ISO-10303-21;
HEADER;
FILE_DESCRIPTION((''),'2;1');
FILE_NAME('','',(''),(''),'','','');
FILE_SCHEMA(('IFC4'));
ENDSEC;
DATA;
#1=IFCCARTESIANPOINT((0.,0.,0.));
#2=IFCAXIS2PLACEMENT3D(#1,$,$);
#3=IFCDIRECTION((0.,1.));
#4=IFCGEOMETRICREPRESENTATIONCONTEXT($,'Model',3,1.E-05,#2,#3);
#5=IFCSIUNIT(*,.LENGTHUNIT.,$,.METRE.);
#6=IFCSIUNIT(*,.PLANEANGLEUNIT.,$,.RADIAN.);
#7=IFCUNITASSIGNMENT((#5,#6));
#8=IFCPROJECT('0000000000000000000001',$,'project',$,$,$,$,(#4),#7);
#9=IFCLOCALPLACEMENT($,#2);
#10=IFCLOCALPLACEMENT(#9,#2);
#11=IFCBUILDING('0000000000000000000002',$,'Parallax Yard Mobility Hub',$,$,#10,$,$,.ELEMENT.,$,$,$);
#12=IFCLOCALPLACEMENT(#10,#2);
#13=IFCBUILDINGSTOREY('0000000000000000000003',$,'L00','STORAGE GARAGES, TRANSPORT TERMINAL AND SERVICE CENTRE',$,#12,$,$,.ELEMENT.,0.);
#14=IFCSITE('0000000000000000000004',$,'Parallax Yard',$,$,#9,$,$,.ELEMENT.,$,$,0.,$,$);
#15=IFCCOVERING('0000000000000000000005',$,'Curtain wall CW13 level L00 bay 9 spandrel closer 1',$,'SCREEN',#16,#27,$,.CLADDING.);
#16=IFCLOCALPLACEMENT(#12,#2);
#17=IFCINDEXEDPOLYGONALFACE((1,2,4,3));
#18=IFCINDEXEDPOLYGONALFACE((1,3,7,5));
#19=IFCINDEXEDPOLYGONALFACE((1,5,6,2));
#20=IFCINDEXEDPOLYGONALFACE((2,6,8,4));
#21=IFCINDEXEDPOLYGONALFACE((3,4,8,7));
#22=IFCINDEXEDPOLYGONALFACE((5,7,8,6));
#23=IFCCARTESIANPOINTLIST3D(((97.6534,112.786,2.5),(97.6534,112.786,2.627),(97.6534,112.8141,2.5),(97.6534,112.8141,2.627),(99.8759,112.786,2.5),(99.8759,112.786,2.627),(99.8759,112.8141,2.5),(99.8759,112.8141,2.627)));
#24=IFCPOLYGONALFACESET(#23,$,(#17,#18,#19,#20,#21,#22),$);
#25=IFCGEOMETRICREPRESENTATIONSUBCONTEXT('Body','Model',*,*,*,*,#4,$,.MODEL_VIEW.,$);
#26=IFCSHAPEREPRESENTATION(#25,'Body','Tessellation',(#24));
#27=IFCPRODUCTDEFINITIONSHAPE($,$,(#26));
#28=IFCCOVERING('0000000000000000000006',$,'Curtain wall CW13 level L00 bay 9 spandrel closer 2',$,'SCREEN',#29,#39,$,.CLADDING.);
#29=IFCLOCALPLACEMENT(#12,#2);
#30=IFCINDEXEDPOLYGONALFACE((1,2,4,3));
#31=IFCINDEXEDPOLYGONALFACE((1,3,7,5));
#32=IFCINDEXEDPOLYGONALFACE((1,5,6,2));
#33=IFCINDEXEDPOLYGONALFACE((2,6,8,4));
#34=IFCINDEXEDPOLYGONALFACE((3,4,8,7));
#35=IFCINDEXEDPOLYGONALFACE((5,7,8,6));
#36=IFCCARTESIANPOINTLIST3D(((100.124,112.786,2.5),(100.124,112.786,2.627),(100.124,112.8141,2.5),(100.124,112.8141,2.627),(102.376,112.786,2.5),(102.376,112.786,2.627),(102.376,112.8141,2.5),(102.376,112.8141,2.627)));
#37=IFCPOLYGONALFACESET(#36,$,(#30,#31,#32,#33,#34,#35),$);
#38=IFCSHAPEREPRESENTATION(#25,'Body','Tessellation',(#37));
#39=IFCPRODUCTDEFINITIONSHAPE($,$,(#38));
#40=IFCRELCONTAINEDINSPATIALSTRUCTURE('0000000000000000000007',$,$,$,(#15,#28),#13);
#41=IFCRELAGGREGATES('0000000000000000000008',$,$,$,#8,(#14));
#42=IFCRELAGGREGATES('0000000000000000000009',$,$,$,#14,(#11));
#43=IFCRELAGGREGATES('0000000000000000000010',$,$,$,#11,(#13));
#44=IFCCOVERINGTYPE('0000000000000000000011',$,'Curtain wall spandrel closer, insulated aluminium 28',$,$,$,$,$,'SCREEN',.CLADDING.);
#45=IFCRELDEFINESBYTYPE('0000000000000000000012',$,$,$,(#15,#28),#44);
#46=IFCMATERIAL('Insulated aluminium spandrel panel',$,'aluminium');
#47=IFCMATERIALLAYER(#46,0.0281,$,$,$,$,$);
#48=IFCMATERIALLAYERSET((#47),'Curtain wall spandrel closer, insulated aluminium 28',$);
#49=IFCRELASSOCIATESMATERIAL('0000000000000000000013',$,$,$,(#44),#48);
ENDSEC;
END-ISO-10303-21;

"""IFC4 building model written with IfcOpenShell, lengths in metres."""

from ifc_helpers import new_model, si_unit, direction, frame, origin, origin_2d, place, context, subcontext, project, spatial, rectangle, extrude, material, layer, layer_set, type_object, element, save


model = new_model("IFC4")

# Units and contexts
model_context = context("Model", 3, precision=1e-05, world=origin(), true_north=direction((0.0, 1.0)))
body_context = subcontext(model_context, "Body", "Model", "MODEL_VIEW")
ifc_project = project(units=[si_unit("LENGTHUNIT", "METRE"), si_unit("PLANEANGLEUNIT", "RADIAN")], contexts=[model_context])

# Site, building, storey
site_placement = place(None, origin())
site = spatial("IfcSite", under=ifc_project, at=site_placement, Name="Parallax Yard", CompositionType="ELEMENT", RefElevation=0.0)
building_placement = place(site_placement, origin())
building = spatial("IfcBuilding", under=site, at=building_placement, Name="Parallax Yard Mobility Hub", CompositionType="ELEMENT")
storey_placement = place(building_placement, origin())
storey = spatial("IfcBuildingStorey", under=building, at=storey_placement, Name="L00", Description="STORAGE GARAGES, TRANSPORT TERMINAL AND SERVICE CENTRE", CompositionType="ELEMENT", Elevation=0.0)

# Coverings
ifc_material_1 = material(Name="Insulated aluminium spandrel panel", Category="aluminium")
ifc_layer_1 = layer(ifc_material_1, 0.0281)
ifc_layer_set_1 = layer_set([ifc_layer_1], Name="Curtain wall spandrel closer, insulated aluminium 28")
covering_type = type_object("IfcCoveringType", Name="Curtain wall spandrel closer, insulated aluminium 28", ElementType="SCREEN", PredefinedType="CLADDING", material=ifc_layer_set_1)
covering_1_placement = place(storey_placement, frame((98.7646, 112.8, 2.5), z_axis=(0.0, 0.0, 1.0), x_axis=(1.0, 0.0, 0.0)))
element("IfcCovering", 1, at=covering_1_placement, inside=storey, type_object=covering_type, Name="Curtain wall CW13 level L00 bay 9 spandrel closer 1", ObjectType="SCREEN", PredefinedType="CLADDING", context=body_context, shape_type="SweptSolid", body=[
    extrude(rectangle(XDim=2.2224, YDim=0.0281, at=origin_2d()), origin(), (0.0, 0.0, 1.0), 0.127),
])
covering_2_placement = place(storey_placement, frame((101.25, 112.8, 2.5), z_axis=(0.0, 0.0, 1.0), x_axis=(1.0, 0.0, 0.0)))
element("IfcCovering", 2, at=covering_2_placement, inside=storey, type_object=covering_type, Name="Curtain wall CW13 level L00 bay 9 spandrel closer 2", ObjectType="SCREEN", PredefinedType="CLADDING", context=body_context, shape_type="SweptSolid", body=[
    extrude(rectangle(XDim=2.252, YDim=0.0281, at=origin_2d()), origin(), (0.0, 0.0, 1.0), 0.127),
])

save(model, "model.ifc")
